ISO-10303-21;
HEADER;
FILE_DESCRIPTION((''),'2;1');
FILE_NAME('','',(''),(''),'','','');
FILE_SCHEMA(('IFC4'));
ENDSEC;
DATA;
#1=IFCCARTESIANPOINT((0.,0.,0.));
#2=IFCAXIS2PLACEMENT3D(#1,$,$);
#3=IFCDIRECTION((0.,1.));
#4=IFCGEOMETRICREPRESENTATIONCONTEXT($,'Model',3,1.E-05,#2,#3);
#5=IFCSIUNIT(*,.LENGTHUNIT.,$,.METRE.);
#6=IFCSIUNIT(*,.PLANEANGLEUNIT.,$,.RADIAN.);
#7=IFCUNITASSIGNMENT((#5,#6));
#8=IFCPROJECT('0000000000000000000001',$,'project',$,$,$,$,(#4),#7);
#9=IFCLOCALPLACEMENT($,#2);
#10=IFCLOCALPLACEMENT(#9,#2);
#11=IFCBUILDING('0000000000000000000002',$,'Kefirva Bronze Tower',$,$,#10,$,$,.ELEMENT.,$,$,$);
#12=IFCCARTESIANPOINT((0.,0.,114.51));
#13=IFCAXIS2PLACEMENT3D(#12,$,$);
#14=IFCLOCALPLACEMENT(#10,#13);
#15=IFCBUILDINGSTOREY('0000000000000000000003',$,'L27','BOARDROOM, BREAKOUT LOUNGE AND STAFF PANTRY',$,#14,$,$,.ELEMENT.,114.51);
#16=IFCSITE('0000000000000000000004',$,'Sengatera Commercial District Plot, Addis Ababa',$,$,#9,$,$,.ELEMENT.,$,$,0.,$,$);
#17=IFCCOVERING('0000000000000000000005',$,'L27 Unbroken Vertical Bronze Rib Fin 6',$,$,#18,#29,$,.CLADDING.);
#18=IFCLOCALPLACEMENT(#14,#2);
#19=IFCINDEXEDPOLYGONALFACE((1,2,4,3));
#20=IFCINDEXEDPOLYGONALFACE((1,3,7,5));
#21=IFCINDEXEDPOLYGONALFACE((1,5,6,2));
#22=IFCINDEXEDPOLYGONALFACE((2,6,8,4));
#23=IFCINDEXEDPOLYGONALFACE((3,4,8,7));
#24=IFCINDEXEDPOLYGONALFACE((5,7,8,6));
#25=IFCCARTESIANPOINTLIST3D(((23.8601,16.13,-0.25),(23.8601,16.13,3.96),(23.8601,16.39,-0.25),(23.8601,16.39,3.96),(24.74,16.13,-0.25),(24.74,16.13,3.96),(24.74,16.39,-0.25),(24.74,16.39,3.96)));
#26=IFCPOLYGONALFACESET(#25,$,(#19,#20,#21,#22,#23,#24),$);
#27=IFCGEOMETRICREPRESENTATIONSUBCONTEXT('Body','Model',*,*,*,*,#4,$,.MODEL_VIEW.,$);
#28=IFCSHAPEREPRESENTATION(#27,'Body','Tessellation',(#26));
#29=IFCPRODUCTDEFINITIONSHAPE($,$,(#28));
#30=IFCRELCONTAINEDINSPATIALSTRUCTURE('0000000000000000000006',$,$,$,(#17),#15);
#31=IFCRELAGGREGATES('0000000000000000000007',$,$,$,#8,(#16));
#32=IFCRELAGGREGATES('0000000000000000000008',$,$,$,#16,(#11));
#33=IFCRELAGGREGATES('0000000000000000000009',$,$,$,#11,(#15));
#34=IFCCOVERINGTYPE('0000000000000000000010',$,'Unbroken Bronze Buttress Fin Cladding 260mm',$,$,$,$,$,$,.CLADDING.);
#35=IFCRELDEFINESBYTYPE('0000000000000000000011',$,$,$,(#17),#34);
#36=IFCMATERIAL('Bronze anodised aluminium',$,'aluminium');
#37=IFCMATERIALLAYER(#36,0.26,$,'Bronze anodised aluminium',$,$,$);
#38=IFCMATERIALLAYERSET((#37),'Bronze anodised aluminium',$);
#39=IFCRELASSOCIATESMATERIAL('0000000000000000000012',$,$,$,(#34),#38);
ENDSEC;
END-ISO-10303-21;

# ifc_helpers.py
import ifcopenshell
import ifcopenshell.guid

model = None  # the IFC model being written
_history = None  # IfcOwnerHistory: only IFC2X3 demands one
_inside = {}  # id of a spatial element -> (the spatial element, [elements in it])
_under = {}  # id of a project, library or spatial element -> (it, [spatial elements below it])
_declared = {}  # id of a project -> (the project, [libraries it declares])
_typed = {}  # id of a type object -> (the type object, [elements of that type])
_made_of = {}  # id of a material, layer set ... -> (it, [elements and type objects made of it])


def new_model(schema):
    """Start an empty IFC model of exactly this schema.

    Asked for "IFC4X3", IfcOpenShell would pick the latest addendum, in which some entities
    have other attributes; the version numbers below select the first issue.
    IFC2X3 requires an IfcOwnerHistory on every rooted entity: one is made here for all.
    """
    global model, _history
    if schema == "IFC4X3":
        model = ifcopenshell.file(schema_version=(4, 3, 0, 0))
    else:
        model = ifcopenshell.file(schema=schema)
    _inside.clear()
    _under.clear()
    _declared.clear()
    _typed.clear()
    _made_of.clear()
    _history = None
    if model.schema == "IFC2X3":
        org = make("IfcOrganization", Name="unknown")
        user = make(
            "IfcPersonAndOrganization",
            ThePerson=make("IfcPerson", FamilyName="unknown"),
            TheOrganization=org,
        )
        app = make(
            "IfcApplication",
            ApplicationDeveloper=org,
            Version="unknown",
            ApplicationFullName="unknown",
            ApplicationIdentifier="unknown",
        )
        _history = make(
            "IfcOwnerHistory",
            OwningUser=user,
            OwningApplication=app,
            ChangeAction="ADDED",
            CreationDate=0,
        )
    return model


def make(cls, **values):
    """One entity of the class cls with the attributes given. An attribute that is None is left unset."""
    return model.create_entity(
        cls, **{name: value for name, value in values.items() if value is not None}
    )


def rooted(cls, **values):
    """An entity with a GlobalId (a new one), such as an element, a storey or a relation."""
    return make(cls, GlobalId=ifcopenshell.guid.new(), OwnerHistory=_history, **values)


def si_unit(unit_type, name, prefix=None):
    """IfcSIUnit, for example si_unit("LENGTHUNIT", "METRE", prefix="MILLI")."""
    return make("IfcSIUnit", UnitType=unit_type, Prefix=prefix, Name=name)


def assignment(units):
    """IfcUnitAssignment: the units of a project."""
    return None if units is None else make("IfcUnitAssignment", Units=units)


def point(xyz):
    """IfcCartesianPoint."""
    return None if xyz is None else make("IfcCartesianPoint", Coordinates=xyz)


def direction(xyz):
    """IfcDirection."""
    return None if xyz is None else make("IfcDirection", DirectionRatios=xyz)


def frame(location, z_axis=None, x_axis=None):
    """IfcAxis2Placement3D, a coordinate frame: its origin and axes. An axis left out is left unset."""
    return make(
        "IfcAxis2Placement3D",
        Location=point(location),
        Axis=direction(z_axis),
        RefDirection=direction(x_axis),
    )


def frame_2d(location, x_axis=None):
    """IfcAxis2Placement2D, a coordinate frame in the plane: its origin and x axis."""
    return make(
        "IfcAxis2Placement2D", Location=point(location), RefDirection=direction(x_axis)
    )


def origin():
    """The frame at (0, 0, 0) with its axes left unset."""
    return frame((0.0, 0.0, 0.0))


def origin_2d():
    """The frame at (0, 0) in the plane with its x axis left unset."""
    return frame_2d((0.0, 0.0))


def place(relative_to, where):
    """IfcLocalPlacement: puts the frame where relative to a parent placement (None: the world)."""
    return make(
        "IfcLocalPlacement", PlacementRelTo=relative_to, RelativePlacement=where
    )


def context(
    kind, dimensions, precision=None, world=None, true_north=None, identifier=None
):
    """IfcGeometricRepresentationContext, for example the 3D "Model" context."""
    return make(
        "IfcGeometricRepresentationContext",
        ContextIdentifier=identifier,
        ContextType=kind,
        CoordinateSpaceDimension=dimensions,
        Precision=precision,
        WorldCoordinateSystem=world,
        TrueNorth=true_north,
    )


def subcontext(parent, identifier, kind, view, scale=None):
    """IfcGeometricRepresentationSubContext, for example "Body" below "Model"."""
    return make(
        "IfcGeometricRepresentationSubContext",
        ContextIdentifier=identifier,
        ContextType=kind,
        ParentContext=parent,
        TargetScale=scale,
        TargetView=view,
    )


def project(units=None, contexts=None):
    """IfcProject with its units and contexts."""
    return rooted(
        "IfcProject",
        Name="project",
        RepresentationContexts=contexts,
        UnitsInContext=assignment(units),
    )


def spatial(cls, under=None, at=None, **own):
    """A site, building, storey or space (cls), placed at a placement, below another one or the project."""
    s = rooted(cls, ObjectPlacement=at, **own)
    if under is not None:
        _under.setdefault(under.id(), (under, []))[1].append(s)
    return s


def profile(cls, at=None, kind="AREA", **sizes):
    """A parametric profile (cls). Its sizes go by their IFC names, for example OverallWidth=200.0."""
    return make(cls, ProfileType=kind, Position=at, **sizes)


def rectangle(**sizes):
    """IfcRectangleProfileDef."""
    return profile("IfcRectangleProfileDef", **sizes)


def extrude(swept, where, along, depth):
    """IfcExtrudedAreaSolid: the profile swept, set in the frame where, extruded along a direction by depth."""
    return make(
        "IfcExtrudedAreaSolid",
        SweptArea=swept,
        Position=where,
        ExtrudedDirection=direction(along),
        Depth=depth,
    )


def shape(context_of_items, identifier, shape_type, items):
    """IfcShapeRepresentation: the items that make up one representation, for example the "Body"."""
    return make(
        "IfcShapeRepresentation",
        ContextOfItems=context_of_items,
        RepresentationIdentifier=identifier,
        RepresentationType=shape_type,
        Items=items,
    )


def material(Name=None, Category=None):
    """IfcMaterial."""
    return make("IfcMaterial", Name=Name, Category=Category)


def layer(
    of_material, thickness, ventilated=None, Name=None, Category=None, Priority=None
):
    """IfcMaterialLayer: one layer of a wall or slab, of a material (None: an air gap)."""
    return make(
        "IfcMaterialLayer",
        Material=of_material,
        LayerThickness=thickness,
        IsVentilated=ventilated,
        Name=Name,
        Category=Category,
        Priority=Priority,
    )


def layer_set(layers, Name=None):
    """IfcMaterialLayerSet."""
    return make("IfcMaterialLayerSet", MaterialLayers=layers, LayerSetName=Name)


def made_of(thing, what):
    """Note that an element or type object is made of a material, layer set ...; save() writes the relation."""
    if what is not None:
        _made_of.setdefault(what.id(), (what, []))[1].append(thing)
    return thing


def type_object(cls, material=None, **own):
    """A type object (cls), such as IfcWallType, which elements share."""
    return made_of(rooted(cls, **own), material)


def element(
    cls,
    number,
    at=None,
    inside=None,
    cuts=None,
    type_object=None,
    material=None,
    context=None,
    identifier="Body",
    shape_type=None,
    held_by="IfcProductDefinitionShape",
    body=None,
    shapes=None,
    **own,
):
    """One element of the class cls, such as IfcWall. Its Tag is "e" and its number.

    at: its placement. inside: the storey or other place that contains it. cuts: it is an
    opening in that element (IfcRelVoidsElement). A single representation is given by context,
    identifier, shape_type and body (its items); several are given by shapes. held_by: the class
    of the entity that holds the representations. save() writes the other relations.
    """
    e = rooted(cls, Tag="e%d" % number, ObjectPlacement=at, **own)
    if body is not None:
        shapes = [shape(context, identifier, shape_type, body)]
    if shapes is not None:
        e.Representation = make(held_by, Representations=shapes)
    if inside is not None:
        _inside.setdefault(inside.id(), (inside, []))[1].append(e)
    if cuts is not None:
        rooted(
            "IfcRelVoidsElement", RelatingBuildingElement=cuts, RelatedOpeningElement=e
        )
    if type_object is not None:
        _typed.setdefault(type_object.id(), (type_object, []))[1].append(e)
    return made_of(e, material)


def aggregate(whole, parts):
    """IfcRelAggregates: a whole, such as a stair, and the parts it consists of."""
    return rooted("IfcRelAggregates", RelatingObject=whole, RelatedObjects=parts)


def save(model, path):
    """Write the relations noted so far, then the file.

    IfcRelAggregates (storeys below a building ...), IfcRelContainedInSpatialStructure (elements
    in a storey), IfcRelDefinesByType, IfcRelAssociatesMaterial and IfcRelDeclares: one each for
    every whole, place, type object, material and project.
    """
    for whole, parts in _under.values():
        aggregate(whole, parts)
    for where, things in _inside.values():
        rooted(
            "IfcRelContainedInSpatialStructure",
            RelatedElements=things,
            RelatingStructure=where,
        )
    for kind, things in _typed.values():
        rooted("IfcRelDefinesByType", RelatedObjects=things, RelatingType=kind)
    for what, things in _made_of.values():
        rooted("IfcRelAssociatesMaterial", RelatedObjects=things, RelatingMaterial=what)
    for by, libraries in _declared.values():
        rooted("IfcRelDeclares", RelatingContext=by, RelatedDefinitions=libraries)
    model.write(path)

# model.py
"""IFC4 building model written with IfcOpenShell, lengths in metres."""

from ifc_helpers import new_model, si_unit, direction, frame, origin, origin_2d, place, context, subcontext, project, spatial, rectangle, extrude, material, layer, layer_set, type_object, element, save


model = new_model("IFC4")

# Units and contexts
model_context = context("Model", 3, precision=1e-05, world=origin(), true_north=direction((0.0, 1.0)))
body_context = subcontext(model_context, "Body", "Model", "MODEL_VIEW")
ifc_project = project(units=[si_unit("LENGTHUNIT", "METRE"), si_unit("PLANEANGLEUNIT", "RADIAN")], contexts=[model_context])

# Site, building, storey
site_placement = place(None, origin())
site = spatial("IfcSite", under=ifc_project, at=site_placement, Name="Sengatera Commercial District Plot, Addis Ababa", CompositionType="ELEMENT", RefElevation=0.0)
building_placement = place(site_placement, origin())
building = spatial("IfcBuilding", under=site, at=building_placement, Name="Kefirva Bronze Tower", CompositionType="ELEMENT")
storey_placement = place(building_placement, frame((0.0, 0.0, 114.51)))
storey = spatial("IfcBuildingStorey", under=building, at=storey_placement, Name="L27", Description="BOARDROOM, BREAKOUT LOUNGE AND STAFF PANTRY", CompositionType="ELEMENT", Elevation=114.51)

# Shared definitions
ifc_material_1 = material(Name="Bronze anodised aluminium", Category="aluminium")

# Covering
ifc_layer_1 = layer(ifc_material_1, 0.26, Name="Bronze anodised aluminium")
ifc_layer_set_1 = layer_set([ifc_layer_1], Name="Bronze anodised aluminium")
covering_type_1 = type_object("IfcCoveringType", Name="Unbroken Bronze Buttress Fin Cladding 260mm", PredefinedType="CLADDING", material=ifc_layer_set_1)
covering_1_placement = place(storey_placement, frame((24.3, 16.26, -0.25), z_axis=(0.0, 0.0, 1.0), x_axis=(0.0, 1.0, 0.0)))
element("IfcCovering", 1, at=covering_1_placement, inside=storey, type_object=covering_type_1, Name="L27 Unbroken Vertical Bronze Rib Fin 6", PredefinedType="CLADDING", context=body_context, shape_type="SweptSolid", body=[
    extrude(rectangle(XDim=0.26, YDim=0.8799, at=origin_2d()), origin(), (0.0, 0.0, 1.0), 4.21),
])

save(model, "model.ifc")
